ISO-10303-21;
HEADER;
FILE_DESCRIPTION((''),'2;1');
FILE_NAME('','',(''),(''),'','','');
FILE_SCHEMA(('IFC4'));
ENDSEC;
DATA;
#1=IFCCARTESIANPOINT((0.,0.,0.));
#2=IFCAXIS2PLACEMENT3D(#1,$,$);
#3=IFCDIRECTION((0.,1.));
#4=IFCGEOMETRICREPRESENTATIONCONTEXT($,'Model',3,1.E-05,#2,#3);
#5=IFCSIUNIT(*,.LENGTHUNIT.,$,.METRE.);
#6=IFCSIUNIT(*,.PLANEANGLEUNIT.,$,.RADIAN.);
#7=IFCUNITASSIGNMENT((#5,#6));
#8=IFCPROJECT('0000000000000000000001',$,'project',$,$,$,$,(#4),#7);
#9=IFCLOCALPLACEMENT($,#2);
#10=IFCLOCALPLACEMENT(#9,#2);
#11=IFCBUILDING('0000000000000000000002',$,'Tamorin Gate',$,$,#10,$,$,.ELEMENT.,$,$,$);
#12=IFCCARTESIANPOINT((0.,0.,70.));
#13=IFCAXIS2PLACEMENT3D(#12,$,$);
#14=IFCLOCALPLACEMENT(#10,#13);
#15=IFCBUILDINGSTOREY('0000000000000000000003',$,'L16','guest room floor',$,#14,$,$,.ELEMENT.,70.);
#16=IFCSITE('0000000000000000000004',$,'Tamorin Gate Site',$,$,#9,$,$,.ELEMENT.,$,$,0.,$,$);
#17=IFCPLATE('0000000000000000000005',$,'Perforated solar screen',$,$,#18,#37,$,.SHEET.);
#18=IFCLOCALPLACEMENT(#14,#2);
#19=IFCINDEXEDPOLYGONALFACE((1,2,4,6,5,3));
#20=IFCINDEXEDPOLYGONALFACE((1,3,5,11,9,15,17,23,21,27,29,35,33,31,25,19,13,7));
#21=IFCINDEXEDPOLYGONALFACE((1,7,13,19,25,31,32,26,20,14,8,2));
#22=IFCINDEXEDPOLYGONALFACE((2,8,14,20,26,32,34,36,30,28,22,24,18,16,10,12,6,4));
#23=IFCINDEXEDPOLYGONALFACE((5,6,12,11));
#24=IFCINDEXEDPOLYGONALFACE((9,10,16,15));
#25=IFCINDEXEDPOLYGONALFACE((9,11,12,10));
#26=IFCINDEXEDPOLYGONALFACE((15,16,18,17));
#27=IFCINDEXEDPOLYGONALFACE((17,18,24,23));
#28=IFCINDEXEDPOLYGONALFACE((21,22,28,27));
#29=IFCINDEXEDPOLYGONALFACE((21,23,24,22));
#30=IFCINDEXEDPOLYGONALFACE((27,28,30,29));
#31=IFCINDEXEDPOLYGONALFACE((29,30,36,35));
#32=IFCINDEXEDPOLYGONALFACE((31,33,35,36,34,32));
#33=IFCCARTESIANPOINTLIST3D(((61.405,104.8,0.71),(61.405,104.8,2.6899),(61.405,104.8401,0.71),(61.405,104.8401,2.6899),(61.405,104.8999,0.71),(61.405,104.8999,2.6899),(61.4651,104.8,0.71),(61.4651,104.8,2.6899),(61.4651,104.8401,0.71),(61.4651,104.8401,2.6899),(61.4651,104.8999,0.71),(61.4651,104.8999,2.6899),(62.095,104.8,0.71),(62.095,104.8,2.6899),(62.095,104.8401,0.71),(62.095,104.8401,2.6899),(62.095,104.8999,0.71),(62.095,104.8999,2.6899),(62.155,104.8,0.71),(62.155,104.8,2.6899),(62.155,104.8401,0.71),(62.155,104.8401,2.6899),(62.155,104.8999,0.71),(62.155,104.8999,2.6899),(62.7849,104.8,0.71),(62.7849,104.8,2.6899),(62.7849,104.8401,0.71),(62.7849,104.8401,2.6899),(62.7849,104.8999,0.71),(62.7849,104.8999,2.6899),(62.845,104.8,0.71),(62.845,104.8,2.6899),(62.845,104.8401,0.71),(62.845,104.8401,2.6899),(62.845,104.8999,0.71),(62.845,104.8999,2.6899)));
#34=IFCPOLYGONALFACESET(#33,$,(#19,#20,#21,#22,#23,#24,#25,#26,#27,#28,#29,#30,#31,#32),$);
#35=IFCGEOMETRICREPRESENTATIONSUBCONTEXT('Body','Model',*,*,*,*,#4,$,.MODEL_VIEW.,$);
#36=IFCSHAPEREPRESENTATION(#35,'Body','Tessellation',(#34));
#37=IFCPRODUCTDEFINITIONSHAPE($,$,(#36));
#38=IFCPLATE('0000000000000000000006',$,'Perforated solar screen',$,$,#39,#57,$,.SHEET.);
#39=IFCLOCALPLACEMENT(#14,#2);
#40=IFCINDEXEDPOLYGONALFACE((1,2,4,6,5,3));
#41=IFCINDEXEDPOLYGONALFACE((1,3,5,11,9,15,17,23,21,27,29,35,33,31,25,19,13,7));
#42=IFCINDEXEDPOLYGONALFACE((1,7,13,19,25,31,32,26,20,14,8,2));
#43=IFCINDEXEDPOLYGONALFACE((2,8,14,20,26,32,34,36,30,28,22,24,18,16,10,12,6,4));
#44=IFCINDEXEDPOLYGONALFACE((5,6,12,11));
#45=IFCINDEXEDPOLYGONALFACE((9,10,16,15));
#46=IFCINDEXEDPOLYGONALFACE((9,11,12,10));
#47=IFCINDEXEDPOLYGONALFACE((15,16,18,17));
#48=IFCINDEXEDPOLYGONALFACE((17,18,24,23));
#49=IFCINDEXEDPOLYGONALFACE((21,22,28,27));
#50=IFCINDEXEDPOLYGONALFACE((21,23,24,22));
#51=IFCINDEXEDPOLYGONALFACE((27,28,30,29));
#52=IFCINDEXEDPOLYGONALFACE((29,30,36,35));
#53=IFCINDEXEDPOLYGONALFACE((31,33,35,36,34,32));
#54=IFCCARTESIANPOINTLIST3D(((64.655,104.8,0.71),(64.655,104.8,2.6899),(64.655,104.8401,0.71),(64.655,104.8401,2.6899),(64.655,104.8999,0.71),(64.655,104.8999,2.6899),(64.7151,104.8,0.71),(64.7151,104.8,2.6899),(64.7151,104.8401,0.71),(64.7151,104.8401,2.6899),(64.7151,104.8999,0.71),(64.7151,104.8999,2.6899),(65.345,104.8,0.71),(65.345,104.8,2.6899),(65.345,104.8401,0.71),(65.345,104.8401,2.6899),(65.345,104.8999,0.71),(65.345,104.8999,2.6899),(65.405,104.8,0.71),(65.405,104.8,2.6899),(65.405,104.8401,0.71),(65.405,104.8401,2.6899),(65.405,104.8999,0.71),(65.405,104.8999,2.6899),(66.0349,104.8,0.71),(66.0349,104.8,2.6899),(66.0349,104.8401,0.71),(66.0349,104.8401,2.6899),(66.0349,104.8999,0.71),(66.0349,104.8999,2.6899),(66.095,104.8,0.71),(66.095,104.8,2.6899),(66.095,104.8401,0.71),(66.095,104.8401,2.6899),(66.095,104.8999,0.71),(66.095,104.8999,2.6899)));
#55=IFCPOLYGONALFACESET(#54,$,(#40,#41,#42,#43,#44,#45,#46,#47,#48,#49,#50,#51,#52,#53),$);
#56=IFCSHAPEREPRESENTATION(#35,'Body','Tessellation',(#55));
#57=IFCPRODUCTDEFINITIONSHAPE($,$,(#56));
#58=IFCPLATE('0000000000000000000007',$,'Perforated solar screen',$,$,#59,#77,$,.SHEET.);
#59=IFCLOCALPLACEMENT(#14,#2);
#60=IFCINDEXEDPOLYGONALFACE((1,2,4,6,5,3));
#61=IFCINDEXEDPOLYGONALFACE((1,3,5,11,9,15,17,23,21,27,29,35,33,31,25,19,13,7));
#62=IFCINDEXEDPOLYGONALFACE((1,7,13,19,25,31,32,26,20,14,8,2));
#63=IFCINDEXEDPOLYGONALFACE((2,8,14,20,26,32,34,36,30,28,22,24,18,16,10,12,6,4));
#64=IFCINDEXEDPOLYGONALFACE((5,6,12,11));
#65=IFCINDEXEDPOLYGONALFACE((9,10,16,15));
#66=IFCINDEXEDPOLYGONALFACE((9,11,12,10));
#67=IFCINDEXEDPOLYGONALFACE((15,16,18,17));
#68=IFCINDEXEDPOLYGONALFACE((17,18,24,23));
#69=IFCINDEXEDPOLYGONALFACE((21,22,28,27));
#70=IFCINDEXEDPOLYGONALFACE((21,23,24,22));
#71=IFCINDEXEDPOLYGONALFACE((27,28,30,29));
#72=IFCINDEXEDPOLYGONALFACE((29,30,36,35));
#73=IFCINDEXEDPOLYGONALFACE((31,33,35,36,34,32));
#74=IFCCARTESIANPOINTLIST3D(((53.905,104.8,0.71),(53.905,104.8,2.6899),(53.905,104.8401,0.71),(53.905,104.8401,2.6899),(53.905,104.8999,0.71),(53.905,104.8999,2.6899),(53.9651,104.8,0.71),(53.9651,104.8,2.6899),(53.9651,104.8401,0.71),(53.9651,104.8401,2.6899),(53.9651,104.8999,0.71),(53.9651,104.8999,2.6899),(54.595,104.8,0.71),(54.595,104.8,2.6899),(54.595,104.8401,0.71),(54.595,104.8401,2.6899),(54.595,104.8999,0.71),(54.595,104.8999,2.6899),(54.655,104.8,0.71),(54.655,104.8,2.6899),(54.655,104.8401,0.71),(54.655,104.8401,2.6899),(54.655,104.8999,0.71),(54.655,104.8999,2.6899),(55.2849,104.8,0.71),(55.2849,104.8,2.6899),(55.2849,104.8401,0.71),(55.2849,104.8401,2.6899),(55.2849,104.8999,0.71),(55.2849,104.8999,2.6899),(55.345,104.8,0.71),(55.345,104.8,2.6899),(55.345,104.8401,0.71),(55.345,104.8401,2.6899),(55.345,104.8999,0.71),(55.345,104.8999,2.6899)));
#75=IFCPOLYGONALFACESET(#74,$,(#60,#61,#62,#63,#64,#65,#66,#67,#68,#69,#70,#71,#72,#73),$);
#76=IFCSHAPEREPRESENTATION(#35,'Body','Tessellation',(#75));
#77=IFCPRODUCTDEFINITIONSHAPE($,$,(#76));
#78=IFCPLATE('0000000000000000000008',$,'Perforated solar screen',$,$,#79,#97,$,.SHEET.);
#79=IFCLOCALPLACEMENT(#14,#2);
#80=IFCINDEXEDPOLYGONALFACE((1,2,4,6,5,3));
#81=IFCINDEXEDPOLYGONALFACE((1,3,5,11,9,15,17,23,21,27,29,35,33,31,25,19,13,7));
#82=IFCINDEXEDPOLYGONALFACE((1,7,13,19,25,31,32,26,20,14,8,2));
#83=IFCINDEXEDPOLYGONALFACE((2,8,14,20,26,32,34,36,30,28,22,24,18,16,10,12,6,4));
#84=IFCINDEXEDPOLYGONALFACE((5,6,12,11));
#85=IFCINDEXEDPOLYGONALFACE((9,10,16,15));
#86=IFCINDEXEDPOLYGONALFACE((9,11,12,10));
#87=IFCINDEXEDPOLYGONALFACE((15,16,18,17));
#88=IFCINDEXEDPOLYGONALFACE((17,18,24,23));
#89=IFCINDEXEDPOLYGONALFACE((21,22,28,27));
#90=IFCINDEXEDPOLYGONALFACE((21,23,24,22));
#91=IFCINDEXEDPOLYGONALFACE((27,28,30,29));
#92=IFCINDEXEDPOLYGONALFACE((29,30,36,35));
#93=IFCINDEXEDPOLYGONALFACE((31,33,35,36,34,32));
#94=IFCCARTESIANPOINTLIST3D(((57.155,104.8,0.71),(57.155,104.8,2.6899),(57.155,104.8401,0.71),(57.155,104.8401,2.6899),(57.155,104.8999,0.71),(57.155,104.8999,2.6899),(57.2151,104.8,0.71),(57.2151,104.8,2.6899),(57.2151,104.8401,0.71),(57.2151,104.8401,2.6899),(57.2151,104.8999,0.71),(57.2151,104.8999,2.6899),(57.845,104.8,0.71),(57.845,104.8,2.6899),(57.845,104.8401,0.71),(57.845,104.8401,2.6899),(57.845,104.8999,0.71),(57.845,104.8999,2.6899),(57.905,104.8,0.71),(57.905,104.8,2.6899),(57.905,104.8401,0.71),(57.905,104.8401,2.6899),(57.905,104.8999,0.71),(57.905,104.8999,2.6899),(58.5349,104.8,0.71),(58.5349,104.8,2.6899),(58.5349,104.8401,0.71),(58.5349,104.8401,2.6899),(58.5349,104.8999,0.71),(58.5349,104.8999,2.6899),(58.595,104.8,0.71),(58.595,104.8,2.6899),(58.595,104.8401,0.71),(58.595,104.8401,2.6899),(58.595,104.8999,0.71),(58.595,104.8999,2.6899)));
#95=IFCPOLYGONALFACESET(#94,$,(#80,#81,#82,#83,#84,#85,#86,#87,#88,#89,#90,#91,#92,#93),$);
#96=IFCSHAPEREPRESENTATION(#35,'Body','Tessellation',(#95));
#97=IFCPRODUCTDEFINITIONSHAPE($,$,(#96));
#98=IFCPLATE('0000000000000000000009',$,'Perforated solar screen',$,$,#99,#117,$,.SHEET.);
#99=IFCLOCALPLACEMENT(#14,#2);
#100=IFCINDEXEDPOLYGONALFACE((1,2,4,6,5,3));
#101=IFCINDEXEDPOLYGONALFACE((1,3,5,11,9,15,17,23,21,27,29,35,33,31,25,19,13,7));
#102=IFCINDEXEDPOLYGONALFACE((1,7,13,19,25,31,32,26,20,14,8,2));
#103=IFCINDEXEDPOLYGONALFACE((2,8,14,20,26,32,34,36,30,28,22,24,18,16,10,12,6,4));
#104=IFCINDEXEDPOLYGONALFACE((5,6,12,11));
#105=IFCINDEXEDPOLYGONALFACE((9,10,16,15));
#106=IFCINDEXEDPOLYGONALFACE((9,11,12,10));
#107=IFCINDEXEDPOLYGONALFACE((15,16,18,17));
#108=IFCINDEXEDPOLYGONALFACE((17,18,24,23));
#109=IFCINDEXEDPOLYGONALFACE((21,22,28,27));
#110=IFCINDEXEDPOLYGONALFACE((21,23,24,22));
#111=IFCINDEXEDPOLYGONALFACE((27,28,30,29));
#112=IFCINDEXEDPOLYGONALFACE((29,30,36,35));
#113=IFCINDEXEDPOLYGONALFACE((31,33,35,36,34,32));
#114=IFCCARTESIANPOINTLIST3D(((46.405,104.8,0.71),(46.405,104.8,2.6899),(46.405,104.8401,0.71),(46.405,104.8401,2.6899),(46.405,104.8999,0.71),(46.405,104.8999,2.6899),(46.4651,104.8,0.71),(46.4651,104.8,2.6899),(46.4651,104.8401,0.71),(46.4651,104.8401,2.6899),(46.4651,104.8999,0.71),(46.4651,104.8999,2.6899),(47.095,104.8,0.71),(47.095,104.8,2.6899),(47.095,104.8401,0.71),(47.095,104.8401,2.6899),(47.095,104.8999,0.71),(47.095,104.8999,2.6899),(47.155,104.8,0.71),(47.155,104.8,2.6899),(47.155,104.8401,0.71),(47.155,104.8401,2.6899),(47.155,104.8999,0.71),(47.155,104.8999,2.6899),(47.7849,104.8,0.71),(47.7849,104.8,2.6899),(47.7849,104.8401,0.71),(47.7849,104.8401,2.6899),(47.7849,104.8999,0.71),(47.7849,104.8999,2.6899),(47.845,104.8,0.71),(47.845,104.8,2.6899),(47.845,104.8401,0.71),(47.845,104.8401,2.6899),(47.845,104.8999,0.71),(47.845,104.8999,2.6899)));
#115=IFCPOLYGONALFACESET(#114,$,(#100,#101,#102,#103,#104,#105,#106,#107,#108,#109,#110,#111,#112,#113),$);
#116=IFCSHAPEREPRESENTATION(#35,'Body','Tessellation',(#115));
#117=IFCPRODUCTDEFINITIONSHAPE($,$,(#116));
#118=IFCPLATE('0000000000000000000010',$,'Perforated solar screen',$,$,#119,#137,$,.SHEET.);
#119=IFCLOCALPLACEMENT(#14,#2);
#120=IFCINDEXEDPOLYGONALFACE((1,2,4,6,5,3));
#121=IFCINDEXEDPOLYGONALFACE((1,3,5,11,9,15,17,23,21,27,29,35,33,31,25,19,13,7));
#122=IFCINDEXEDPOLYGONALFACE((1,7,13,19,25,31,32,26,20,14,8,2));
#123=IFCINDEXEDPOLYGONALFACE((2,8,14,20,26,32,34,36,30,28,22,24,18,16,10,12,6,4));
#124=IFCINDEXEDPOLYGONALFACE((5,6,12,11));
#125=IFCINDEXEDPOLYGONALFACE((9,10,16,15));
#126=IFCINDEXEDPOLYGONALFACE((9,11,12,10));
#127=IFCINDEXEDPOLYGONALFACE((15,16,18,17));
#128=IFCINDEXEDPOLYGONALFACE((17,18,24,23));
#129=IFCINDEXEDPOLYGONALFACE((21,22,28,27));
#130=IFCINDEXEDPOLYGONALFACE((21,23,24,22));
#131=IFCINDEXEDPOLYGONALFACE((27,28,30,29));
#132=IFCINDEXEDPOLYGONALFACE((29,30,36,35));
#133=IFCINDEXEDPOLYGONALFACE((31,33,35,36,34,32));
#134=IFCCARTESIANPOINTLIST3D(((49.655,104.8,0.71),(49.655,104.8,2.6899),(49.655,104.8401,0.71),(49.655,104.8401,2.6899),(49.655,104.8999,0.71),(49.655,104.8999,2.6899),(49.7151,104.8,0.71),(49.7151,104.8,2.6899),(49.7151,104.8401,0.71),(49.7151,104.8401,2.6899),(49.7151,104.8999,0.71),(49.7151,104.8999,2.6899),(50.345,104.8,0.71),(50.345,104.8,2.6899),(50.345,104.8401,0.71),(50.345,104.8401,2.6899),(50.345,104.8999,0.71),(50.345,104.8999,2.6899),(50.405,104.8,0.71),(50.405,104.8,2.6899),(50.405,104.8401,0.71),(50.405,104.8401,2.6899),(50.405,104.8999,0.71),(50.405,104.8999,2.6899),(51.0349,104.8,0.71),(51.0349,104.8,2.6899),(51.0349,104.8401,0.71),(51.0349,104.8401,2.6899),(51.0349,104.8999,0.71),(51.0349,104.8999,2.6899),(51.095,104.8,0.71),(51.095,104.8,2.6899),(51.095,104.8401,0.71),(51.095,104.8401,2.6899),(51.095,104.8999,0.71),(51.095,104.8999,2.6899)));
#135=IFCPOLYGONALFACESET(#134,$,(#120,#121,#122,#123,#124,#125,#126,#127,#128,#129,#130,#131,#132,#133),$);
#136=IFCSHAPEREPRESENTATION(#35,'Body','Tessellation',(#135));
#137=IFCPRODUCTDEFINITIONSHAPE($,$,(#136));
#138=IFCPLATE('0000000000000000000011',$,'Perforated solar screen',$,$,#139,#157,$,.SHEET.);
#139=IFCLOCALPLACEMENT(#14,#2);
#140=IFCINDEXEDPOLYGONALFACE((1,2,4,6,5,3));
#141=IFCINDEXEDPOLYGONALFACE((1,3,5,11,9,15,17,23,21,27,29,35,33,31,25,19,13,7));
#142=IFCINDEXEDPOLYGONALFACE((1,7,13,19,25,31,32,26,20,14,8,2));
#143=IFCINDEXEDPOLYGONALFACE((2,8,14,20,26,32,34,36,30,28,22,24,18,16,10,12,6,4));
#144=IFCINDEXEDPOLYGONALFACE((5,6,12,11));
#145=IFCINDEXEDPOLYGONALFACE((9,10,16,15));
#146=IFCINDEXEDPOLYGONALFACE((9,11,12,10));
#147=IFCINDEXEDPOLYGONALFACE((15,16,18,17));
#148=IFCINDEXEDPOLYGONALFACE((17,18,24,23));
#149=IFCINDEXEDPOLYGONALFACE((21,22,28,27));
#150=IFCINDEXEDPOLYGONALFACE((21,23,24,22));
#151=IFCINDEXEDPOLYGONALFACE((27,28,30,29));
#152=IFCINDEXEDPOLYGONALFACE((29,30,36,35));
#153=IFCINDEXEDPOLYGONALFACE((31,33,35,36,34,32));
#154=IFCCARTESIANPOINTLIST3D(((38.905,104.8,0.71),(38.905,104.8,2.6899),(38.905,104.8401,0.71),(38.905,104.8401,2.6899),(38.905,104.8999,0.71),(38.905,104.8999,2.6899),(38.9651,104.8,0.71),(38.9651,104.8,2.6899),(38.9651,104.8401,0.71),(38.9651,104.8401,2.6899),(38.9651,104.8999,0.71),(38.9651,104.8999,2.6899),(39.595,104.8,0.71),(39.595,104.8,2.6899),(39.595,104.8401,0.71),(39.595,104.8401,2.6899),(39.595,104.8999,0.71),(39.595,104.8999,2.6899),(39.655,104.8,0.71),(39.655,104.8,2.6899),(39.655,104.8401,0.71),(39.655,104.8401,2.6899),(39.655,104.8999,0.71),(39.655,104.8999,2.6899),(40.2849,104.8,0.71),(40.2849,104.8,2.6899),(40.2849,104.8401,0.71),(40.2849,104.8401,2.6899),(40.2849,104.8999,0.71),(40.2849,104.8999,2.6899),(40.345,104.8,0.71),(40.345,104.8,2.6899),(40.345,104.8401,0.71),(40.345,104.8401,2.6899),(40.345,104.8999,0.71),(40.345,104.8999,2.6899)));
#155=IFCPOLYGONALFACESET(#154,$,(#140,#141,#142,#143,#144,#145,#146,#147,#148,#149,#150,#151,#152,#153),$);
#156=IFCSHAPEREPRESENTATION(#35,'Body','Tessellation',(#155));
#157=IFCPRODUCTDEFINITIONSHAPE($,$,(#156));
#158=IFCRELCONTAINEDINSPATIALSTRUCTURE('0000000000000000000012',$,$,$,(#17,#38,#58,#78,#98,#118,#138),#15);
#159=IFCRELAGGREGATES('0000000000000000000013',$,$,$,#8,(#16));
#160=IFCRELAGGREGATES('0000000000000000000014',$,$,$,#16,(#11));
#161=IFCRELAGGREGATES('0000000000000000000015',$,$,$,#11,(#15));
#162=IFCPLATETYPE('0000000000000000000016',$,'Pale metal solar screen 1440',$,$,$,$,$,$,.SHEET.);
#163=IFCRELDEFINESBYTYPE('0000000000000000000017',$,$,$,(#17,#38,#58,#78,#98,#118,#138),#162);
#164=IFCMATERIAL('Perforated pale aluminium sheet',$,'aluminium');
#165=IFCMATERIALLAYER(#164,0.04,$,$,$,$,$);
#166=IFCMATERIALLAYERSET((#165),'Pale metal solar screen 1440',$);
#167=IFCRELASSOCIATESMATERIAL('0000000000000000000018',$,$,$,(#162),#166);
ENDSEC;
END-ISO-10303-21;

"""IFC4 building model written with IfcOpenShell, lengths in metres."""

from ifc_helpers import new_model, si_unit, direction, frame, origin, place, context, subcontext, project, spatial, polyline, outline, extrude, material, layer, layer_set, type_object, element, save


model = new_model("IFC4")

# Units and contexts
model_context = context("Model", 3, precision=1e-05, world=origin(), true_north=direction((0.0, 1.0)))
body_context = subcontext(model_context, "Body", "Model", "MODEL_VIEW")
ifc_project = project(units=[si_unit("LENGTHUNIT", "METRE"), si_unit("PLANEANGLEUNIT", "RADIAN")], contexts=[model_context])

# Site, building, storey
site_placement = place(None, origin())
site = spatial("IfcSite", under=ifc_project, at=site_placement, Name="Tamorin Gate Site", CompositionType="ELEMENT", RefElevation=0.0)
building_placement = place(site_placement, origin())
building = spatial("IfcBuilding", under=site, at=building_placement, Name="Tamorin Gate", CompositionType="ELEMENT")
storey_placement = place(building_placement, frame((0.0, 0.0, 70.0)))
storey = spatial("IfcBuildingStorey", under=building, at=storey_placement, Name="L16", Description="guest room floor", CompositionType="ELEMENT", Elevation=70.0)

# Plates
ifc_material = material(Name="Perforated pale aluminium sheet", Category="aluminium")
ifc_layer = layer(ifc_material, 0.04)
ifc_layer_set = layer_set([ifc_layer], Name="Pale metal solar screen 1440")
plate_type = type_object("IfcPlateType", Name="Pale metal solar screen 1440", PredefinedType="SHEET", material=ifc_layer_set)
plate_1_placement = place(storey_placement, frame((0.0, 0.0, 0.71)))
element("IfcPlate", 1, at=plate_1_placement, inside=storey, type_object=plate_type, Name="Perforated solar screen", PredefinedType="SHEET", context=body_context, shape_type="SweptSolid", body=[
    extrude(outline(polyline([(62.845, 104.8401), (62.845, 104.8), (62.7849, 104.8), (62.155, 104.8), (62.095, 104.8), (61.4651, 104.8), (61.405, 104.8), (61.405, 104.8401), (61.405, 104.8999), (61.4651, 104.8999), (61.4651, 104.8401), (62.095, 104.8401), (62.095, 104.8999), (62.155, 104.8999), (62.155, 104.8401), (62.7849, 104.8401), (62.7849, 104.8999), (62.845, 104.8999), (62.845, 104.8401)])), origin(), (0.0, 0.0, 1.0), 1.98),
])
plate_2_placement = place(storey_placement, frame((0.0, 0.0, 0.71)))
element("IfcPlate", 2, at=plate_2_placement, inside=storey, type_object=plate_type, Name="Perforated solar screen", PredefinedType="SHEET", context=body_context, shape_type="SweptSolid", body=[
    extrude(outline(polyline([(66.095, 104.8401), (66.095, 104.8), (66.0349, 104.8), (65.405, 104.8), (65.345, 104.8), (64.7151, 104.8), (64.655, 104.8), (64.655, 104.8401), (64.655, 104.8999), (64.7151, 104.8999), (64.7151, 104.8401), (65.345, 104.8401), (65.345, 104.8999), (65.405, 104.8999), (65.405, 104.8401), (66.0349, 104.8401), (66.0349, 104.8999), (66.095, 104.8999), (66.095, 104.8401)])), origin(), (0.0, 0.0, 1.0), 1.98),
])
plate_3_placement = place(storey_placement, frame((0.0, 0.0, 0.71)))
element("IfcPlate", 3, at=plate_3_placement, inside=storey, type_object=plate_type, Name="Perforated solar screen", PredefinedType="SHEET", context=body_context, shape_type="SweptSolid", body=[
    extrude(outline(polyline([(55.345, 104.8401), (55.345, 104.8), (55.2849, 104.8), (54.655, 104.8), (54.595, 104.8), (53.9651, 104.8), (53.905, 104.8), (53.905, 104.8401), (53.905, 104.8999), (53.9651, 104.8999), (53.9651, 104.8401), (54.595, 104.8401), (54.595, 104.8999), (54.655, 104.8999), (54.655, 104.8401), (55.2849, 104.8401), (55.2849, 104.8999), (55.345, 104.8999), (55.345, 104.8401)])), origin(), (0.0, 0.0, 1.0), 1.98),
])
plate_4_placement = place(storey_placement, frame((0.0, 0.0, 0.71)))
element("IfcPlate", 4, at=plate_4_placement, inside=storey, type_object=plate_type, Name="Perforated solar screen", PredefinedType="SHEET", context=body_context, shape_type="SweptSolid", body=[
    extrude(outline(polyline([(58.595, 104.8401), (58.595, 104.8), (58.5349, 104.8), (57.905, 104.8), (57.845, 104.8), (57.2151, 104.8), (57.155, 104.8), (57.155, 104.8401), (57.155, 104.8999), (57.2151, 104.8999), (57.2151, 104.8401), (57.845, 104.8401), (57.845, 104.8999), (57.905, 104.8999), (57.905, 104.8401), (58.5349, 104.8401), (58.5349, 104.8999), (58.595, 104.8999), (58.595, 104.8401)])), origin(), (0.0, 0.0, 1.0), 1.98),
])
plate_5_placement = place(storey_placement, frame((0.0, 0.0, 0.71)))
element("IfcPlate", 5, at=plate_5_placement, inside=storey, type_object=plate_type, Name="Perforated solar screen", PredefinedType="SHEET", context=body_context, shape_type="SweptSolid", body=[
    extrude(outline(polyline([(47.845, 104.8401), (47.845, 104.8), (47.7849, 104.8), (47.155, 104.8), (47.095, 104.8), (46.4651, 104.8), (46.405, 104.8), (46.405, 104.8401), (46.405, 104.8999), (46.4651, 104.8999), (46.4651, 104.8401), (47.095, 104.8401), (47.095, 104.8999), (47.155, 104.8999), (47.155, 104.8401), (47.7849, 104.8401), (47.7849, 104.8999), (47.845, 104.8999), (47.845, 104.8401)])), origin(), (0.0, 0.0, 1.0), 1.98),
])
plate_6_placement = place(storey_placement, frame((0.0, 0.0, 0.71)))
element("IfcPlate", 6, at=plate_6_placement, inside=storey, type_object=plate_type, Name="Perforated solar screen", PredefinedType="SHEET", context=body_context, shape_type="SweptSolid", body=[
    extrude(outline(polyline([(51.095, 104.8401), (51.095, 104.8), (51.0349, 104.8), (50.405, 104.8), (50.345, 104.8), (49.7151, 104.8), (49.655, 104.8), (49.655, 104.8401), (49.655, 104.8999), (49.7151, 104.8999), (49.7151, 104.8401), (50.345, 104.8401), (50.345, 104.8999), (50.405, 104.8999), (50.405, 104.8401), (51.0349, 104.8401), (51.0349, 104.8999), (51.095, 104.8999), (51.095, 104.8401)])), origin(), (0.0, 0.0, 1.0), 1.98),
])
plate_7_placement = place(storey_placement, frame((0.0, 0.0, 0.71)))
element("IfcPlate", 7, at=plate_7_placement, inside=storey, type_object=plate_type, Name="Perforated solar screen", PredefinedType="SHEET", context=body_context, shape_type="SweptSolid", body=[
    extrude(outline(polyline([(40.345, 104.8401), (40.345, 104.8), (40.2849, 104.8), (39.655, 104.8), (39.595, 104.8), (38.9651, 104.8), (38.905, 104.8), (38.905, 104.8401), (38.905, 104.8999), (38.9651, 104.8999), (38.9651, 104.8401), (39.595, 104.8401), (39.595, 104.8999), (39.655, 104.8999), (39.655, 104.8401), (40.2849, 104.8401), (40.2849, 104.8999), (40.345, 104.8999), (40.345, 104.8401)])), origin(), (0.0, 0.0, 1.0), 1.98),
])

save(model, "model.ifc")
